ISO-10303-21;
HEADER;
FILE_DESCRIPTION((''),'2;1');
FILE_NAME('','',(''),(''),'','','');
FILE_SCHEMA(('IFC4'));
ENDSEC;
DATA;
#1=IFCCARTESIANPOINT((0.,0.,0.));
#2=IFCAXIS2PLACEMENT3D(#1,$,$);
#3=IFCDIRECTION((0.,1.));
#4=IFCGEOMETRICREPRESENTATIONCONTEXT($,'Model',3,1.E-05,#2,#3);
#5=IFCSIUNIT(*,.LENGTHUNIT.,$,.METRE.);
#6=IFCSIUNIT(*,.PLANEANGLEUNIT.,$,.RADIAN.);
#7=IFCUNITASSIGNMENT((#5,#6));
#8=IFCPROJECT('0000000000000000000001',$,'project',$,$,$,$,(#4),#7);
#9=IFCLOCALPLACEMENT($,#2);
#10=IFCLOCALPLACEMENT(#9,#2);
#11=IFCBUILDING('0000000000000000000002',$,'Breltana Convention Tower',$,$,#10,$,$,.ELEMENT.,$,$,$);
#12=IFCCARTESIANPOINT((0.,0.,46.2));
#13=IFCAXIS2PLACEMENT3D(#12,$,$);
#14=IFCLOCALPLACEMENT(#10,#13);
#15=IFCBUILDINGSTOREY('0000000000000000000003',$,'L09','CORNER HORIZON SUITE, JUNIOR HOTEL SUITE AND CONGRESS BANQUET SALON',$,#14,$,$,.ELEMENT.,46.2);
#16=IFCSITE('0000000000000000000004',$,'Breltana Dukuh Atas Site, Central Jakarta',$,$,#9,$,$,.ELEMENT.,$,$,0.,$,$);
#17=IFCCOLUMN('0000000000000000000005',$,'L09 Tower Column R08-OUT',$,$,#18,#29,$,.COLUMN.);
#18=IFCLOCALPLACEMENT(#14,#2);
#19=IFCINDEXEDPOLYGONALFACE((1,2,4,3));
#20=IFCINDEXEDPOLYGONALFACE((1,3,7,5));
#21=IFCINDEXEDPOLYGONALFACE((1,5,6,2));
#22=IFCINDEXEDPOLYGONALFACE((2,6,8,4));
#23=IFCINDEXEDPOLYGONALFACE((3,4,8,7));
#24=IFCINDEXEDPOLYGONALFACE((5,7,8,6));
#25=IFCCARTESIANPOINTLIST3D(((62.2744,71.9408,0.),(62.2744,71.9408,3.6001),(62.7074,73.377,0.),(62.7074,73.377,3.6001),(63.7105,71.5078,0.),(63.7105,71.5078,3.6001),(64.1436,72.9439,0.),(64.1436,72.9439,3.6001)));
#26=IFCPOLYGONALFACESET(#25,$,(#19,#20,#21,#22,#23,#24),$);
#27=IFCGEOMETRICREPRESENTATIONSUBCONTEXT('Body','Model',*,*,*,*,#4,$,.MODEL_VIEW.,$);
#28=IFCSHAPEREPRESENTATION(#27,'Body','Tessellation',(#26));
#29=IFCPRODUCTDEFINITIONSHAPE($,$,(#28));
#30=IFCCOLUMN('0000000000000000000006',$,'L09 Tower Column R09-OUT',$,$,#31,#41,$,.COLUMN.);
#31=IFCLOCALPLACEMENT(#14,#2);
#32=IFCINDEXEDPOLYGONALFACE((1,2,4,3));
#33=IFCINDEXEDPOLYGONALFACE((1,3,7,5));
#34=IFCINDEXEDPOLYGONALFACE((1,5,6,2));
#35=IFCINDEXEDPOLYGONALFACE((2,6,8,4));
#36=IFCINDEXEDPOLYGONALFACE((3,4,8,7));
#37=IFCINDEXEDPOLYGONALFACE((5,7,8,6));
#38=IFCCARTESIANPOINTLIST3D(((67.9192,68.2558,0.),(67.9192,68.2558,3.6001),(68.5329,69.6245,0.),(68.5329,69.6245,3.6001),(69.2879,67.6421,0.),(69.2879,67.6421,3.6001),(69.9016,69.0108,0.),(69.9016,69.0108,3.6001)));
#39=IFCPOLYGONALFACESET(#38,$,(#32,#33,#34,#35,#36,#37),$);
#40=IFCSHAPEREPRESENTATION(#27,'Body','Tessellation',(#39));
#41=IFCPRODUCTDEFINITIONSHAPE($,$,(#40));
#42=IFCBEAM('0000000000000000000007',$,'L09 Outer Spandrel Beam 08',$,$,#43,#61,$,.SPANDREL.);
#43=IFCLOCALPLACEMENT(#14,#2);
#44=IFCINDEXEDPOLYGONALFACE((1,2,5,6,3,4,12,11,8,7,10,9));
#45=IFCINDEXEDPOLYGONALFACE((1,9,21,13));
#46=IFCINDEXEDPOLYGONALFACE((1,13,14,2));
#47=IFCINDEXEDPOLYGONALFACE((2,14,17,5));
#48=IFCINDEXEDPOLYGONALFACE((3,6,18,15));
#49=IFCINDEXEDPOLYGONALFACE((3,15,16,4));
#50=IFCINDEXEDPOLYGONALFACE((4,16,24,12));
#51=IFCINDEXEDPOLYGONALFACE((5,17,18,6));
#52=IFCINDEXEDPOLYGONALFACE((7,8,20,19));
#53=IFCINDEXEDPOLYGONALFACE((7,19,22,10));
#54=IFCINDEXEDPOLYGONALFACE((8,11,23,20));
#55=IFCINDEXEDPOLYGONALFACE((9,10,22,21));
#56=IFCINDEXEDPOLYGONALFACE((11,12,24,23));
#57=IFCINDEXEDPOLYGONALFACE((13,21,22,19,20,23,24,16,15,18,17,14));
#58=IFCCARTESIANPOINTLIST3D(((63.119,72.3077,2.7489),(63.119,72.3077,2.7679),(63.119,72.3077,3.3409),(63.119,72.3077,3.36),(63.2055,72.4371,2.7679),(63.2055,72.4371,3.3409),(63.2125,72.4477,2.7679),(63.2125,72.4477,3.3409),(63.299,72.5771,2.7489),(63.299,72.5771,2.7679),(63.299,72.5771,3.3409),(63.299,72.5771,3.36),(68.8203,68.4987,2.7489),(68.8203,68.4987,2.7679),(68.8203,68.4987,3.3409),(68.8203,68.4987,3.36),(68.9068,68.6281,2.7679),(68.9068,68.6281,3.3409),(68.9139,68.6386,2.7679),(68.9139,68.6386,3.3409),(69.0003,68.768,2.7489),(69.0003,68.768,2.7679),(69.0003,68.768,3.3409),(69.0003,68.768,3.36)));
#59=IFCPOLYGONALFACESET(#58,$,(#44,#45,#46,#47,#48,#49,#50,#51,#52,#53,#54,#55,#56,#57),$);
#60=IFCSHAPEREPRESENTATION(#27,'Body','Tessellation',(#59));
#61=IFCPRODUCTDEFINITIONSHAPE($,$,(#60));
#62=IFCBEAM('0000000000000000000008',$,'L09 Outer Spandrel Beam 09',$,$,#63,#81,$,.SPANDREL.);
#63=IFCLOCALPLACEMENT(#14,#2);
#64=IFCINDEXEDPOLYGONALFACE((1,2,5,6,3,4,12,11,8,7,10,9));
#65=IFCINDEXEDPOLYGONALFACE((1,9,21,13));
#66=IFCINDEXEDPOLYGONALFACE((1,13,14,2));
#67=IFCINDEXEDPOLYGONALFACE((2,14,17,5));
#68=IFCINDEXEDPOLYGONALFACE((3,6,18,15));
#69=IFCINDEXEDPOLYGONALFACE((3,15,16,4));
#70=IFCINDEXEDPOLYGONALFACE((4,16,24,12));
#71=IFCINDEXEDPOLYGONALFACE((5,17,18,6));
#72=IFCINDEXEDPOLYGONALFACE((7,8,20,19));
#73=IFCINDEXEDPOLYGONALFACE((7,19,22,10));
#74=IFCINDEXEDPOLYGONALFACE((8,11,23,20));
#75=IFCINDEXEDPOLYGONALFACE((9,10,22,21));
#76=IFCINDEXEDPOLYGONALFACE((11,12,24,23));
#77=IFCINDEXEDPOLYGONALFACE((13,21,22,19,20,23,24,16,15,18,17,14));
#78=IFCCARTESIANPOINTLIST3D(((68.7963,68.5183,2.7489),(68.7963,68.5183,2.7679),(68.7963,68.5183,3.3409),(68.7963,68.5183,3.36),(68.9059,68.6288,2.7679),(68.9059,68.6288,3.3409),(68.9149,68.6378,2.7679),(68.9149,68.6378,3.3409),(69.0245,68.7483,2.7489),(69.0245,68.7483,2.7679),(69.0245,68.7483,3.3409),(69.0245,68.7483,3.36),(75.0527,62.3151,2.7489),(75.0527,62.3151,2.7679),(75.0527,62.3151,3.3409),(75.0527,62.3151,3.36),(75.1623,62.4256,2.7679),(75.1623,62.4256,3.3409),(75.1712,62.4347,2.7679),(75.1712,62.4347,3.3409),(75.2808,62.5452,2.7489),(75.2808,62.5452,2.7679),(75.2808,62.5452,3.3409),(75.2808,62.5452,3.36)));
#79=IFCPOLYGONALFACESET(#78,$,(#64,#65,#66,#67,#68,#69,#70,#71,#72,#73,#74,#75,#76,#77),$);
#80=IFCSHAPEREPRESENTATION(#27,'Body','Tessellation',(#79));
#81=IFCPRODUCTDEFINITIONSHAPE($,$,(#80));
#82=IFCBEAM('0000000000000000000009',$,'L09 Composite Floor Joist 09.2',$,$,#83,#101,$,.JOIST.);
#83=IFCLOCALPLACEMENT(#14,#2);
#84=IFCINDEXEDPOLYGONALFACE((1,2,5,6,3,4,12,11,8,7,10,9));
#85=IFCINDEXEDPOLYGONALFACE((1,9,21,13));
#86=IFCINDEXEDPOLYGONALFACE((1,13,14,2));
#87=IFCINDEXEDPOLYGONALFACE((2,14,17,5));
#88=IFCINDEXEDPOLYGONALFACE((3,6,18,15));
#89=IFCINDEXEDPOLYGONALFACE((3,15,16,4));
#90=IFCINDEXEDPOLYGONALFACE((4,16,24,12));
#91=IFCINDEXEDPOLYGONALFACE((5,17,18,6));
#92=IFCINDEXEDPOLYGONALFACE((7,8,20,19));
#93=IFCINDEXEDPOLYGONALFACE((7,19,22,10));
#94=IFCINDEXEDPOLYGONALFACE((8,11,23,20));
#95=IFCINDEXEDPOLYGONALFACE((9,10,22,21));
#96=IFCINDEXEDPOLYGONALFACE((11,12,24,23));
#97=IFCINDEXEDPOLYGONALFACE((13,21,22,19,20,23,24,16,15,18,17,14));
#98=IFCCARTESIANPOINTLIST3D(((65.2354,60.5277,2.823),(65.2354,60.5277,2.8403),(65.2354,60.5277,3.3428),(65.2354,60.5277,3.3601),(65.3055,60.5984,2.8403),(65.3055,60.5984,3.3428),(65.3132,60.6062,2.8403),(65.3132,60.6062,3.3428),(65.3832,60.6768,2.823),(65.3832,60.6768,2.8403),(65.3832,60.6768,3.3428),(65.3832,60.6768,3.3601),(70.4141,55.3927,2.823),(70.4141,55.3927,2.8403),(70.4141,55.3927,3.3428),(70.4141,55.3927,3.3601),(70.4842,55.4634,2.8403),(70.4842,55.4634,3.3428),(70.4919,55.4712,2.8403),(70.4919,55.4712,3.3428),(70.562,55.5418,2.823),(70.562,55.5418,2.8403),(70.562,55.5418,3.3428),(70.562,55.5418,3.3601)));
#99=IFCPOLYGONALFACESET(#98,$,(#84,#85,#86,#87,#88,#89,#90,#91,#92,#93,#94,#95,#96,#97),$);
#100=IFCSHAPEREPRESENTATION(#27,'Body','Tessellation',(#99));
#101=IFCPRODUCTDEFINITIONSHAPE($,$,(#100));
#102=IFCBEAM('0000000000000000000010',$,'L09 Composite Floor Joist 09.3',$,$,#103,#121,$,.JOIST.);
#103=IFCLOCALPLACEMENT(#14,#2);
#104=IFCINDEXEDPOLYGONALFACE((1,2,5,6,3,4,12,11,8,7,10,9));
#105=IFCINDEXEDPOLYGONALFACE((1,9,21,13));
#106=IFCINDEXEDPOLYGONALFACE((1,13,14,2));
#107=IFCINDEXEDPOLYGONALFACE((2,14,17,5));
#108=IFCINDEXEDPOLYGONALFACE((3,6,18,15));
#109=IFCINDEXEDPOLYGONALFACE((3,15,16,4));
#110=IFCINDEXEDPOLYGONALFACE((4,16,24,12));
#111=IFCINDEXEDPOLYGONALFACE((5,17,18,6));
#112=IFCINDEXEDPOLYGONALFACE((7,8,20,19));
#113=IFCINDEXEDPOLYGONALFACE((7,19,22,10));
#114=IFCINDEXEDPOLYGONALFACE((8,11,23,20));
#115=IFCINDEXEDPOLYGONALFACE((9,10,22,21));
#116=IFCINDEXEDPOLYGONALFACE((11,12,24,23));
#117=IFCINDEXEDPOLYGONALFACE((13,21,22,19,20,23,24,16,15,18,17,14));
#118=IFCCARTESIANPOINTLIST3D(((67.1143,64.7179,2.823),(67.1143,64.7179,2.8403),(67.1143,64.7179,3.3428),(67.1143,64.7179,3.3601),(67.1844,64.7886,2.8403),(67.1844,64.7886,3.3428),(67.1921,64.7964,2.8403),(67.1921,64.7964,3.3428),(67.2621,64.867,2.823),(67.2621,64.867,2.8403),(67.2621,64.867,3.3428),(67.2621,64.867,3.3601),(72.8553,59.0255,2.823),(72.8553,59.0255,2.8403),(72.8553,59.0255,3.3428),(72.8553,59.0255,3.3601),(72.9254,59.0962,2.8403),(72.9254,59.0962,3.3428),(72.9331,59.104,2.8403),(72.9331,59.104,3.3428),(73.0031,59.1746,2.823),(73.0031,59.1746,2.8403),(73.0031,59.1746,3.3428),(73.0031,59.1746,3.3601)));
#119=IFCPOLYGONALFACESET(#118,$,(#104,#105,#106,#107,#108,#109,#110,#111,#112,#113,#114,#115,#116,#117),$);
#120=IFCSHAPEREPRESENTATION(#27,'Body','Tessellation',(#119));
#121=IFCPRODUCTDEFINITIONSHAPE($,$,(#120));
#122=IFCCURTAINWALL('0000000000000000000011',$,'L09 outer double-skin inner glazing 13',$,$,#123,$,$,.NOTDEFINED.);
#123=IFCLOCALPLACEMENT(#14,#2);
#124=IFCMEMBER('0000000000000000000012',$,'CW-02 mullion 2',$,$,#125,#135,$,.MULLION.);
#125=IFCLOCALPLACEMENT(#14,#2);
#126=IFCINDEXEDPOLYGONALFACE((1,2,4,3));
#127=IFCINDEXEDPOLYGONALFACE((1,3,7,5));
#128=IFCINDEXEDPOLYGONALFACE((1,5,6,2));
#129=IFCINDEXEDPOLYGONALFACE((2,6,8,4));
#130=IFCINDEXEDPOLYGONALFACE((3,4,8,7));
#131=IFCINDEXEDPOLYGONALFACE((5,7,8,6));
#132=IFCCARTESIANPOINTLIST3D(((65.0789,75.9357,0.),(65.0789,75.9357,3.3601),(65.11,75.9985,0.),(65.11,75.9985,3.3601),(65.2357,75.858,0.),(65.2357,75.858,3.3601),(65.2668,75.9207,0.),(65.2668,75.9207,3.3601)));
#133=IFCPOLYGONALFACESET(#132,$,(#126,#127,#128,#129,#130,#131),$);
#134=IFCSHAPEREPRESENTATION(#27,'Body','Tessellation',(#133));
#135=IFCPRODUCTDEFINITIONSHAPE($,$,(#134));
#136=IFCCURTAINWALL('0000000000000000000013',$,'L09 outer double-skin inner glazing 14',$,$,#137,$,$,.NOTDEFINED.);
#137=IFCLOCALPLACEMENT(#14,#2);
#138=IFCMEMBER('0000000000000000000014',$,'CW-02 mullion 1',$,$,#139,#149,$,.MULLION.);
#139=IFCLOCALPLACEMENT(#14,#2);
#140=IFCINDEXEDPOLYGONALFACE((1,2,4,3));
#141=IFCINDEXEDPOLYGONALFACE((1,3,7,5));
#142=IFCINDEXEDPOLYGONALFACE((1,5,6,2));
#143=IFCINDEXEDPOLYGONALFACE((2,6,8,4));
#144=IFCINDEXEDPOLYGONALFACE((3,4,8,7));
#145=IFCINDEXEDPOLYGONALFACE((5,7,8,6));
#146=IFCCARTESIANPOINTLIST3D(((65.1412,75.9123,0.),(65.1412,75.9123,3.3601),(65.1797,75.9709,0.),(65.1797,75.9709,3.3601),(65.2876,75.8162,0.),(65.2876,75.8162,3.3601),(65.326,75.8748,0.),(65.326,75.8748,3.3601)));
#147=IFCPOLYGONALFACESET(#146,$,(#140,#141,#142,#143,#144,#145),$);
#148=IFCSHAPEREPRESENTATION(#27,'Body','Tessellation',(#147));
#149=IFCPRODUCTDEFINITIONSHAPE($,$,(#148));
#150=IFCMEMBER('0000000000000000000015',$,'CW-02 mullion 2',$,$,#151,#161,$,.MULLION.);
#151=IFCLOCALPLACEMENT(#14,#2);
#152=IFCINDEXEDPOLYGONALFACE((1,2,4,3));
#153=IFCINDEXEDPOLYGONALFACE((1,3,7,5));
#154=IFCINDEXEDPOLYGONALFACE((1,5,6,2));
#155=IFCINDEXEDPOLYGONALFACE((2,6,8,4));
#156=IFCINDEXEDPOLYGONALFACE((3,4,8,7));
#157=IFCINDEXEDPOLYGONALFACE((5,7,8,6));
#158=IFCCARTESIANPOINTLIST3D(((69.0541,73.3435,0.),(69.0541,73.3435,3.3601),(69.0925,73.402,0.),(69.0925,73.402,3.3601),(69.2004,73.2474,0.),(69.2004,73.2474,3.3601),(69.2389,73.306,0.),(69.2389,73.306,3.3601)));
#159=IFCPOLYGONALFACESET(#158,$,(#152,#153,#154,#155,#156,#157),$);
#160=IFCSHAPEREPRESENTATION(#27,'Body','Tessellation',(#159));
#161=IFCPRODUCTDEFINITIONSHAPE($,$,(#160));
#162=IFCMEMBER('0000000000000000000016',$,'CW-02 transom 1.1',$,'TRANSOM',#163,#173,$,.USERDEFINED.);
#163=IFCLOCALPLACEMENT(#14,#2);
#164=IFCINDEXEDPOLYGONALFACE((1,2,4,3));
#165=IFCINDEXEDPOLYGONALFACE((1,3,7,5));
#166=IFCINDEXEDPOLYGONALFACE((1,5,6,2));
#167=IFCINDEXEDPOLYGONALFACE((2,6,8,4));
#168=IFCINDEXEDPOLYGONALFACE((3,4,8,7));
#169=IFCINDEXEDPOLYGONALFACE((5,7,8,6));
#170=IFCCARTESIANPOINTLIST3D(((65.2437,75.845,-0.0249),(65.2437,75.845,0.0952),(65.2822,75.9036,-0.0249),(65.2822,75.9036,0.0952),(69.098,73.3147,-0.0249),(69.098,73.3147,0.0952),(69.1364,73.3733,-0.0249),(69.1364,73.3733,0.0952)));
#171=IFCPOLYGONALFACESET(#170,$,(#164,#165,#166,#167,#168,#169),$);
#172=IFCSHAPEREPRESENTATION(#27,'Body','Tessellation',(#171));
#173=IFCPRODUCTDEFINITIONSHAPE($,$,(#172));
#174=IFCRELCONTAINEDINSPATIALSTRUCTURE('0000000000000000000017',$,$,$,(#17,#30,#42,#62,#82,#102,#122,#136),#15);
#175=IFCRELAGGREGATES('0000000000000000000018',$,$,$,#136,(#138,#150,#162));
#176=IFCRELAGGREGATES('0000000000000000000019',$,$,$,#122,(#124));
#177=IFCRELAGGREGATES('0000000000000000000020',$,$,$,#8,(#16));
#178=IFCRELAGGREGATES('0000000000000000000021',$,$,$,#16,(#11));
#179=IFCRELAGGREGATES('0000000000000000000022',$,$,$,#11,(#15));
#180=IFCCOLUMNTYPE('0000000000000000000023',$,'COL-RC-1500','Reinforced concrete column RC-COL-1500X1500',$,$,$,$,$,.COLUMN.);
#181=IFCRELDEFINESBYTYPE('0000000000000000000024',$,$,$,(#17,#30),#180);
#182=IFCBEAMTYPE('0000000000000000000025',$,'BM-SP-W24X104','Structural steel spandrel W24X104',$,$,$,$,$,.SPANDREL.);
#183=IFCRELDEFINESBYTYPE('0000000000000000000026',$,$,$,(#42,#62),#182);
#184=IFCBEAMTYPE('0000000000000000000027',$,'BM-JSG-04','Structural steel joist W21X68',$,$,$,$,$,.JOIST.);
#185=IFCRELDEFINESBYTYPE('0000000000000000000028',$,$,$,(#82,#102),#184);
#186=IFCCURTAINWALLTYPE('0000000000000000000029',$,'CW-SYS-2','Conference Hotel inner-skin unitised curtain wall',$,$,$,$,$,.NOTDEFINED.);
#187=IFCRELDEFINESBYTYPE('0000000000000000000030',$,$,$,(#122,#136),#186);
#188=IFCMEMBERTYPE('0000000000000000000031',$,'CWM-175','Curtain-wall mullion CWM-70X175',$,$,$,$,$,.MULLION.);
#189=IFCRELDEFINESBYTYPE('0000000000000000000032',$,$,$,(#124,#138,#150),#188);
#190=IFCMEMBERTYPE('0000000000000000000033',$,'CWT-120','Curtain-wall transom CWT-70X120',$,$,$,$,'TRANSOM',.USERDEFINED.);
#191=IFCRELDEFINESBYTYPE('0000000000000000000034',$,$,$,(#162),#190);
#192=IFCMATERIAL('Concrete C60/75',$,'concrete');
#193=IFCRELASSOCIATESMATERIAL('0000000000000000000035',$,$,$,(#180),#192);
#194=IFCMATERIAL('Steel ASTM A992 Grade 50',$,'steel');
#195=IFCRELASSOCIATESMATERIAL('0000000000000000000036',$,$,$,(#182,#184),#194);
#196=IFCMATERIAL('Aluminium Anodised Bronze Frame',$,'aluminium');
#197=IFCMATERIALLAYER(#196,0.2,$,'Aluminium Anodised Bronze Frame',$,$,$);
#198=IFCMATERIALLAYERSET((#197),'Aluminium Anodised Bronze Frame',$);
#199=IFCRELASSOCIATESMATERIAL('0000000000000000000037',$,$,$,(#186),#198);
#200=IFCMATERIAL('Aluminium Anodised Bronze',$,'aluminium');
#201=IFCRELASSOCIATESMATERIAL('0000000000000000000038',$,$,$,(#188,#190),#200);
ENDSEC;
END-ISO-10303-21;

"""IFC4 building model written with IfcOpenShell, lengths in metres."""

from ifc_helpers import new_model, si_unit, direction, frame, origin, origin_2d, place, context, subcontext, project, spatial, rectangle, i_section, extrude, source, transform, mapped, material, layer, layer_set, material_profile, profile_set, type_object, type_shapes, element, aggregate, save


model = new_model("IFC4")

# Units and contexts
model_context = context("Model", 3, precision=1e-05, world=origin(), true_north=direction((0.0, 1.0)))
body_context = subcontext(model_context, "Body", "Model", "MODEL_VIEW")
ifc_project = project(units=[si_unit("LENGTHUNIT", "METRE"), si_unit("PLANEANGLEUNIT", "RADIAN")], contexts=[model_context])

# Site, building, storey
site_placement = place(None, origin())
site = spatial("IfcSite", under=ifc_project, at=site_placement, Name="Breltana Dukuh Atas Site, Central Jakarta", CompositionType="ELEMENT", RefElevation=0.0)
building_placement = place(site_placement, origin())
building = spatial("IfcBuilding", under=site, at=building_placement, Name="Breltana Convention Tower", CompositionType="ELEMENT")
storey_placement = place(building_placement, frame((0.0, 0.0, 46.2)))
storey = spatial("IfcBuildingStorey", under=building, at=storey_placement, Name="L09", Description="CORNER HORIZON SUITE, JUNIOR HOTEL SUITE AND CONGRESS BANQUET SALON", CompositionType="ELEMENT", Elevation=46.2)

# Columns
ifc_material_1 = material(Name="Concrete C60/75", Category="concrete")
ifc_material_profile_1 = material_profile(ifc_material_1, rectangle(XDim=1.5, YDim=1.5, at=origin_2d()), Name="RC-COL-1500X1500")
ifc_profile_set_1 = profile_set([ifc_material_profile_1], Name="Concrete C60/75")
column_type = type_object("IfcColumnType", Name="COL-RC-1500", Description="Reinforced concrete column RC-COL-1500X1500", PredefinedType="COLUMN", material=ifc_profile_set_1)
shared_shape_1 = source(origin(), body_context, "Body", "SweptSolid", [
    extrude(rectangle(XDim=1.5, YDim=1.5, at=origin_2d()), origin(), (0.0, 0.0, 1.0), 3.6001),
])
for number, where, z_axis, x_axis, name in (
    (1, (63.209, 72.4424, 0.0), (0.0, 0.0, 1.0), (0.288698, 0.95742, 0.0), "L09 Tower Column R08-OUT"),
    (2, (68.9104, 68.6333, 0.0), (0.0, 0.0, 1.0), (0.409127, 0.912477, 0.0), "L09 Tower Column R09-OUT"),
):
    element("IfcColumn", number, at=place(storey_placement, frame(where, z_axis=z_axis, x_axis=x_axis)), inside=storey, type_object=column_type, Name=name, PredefinedType="COLUMN", context=body_context, shape_type="MappedRepresentation", body=[
        mapped(shared_shape_1, transform((0.0, 0.0, 0.0), scale=1.0)),
    ])

# Beams
ifc_material_2 = material(Name="Steel ASTM A992 Grade 50", Category="steel")
ifc_material_profile_2 = material_profile(ifc_material_2, i_section(OverallWidth=0.324, OverallDepth=0.6111, WebThickness=0.0127, FlangeThickness=0.019, at=origin_2d()), Name="W24X104")
ifc_profile_set_2 = profile_set([ifc_material_profile_2], Name="Steel ASTM A992 Grade 50")
beam_type_1 = type_object("IfcBeamType", Name="BM-SP-W24X104", Description="Structural steel spandrel W24X104", PredefinedType="SPANDREL", material=ifc_profile_set_2)
shared_shape_2 = source(origin(), body_context, "Body", "SweptSolid", [
    extrude(i_section(OverallWidth=0.324, OverallDepth=0.6111, WebThickness=0.0127, FlangeThickness=0.019, at=origin_2d()), origin(), (0.0, 0.0, 1.0), 6.8567),
])
beam_1_placement = place(storey_placement, frame((63.209, 72.4424, 3.0544), z_axis=(0.831502, -0.555522, 0.0), x_axis=(0.555522, 0.831502, 0.0)))
element("IfcBeam", 3, at=beam_1_placement, inside=storey, type_object=beam_type_1, Name="L09 Outer Spandrel Beam 08", PredefinedType="SPANDREL", context=body_context, shape_type="MappedRepresentation", body=[
    mapped(shared_shape_2, transform((0.0, 0.0, 0.0), scale=1.0)),
])
shared_shape_3 = source(origin(), body_context, "Body", "SweptSolid", [
    extrude(i_section(OverallWidth=0.324, OverallDepth=0.6111, WebThickness=0.0127, FlangeThickness=0.019, at=origin_2d()), origin(), (0.0, 0.0, 1.0), 8.8103),
])
beam_2_placement = place(storey_placement, frame((68.9104, 68.6333, 3.0544), z_axis=(0.710121, -0.70408, 0.0), x_axis=(0.70408, 0.710121, 0.0)))
element("IfcBeam", 4, at=beam_2_placement, inside=storey, type_object=beam_type_1, Name="L09 Outer Spandrel Beam 09", PredefinedType="SPANDREL", context=body_context, shape_type="MappedRepresentation", body=[
    mapped(shared_shape_3, transform((0.0, 0.0, 0.0), scale=1.0)),
])
ifc_material_profile_3 = material_profile(ifc_material_2, i_section(OverallWidth=0.21, OverallDepth=0.5371, WebThickness=0.011, FlangeThickness=0.0173, at=origin_2d()), Name="W21X68")
ifc_profile_set_3 = profile_set([ifc_material_profile_3], Name="Steel ASTM A992 Grade 50")
beam_type_2 = type_object("IfcBeamType", Name="BM-JSG-04", Description="Structural steel joist W21X68", PredefinedType="JOIST", material=ifc_profile_set_3)
shared_shape_4 = source(origin(), body_context, "Body", "SweptSolid", [
    extrude(i_section(OverallWidth=0.21, OverallDepth=0.5371, WebThickness=0.011, FlangeThickness=0.0173, at=origin_2d()), origin(), (0.0, 0.0, 1.0), 7.293),
])
beam_3_placement = place(storey_placement, frame((65.3093, 60.6023, 3.0916), z_axis=(0.710097, -0.704104, 0.0), x_axis=(0.704104, 0.710097, 0.0)))
element("IfcBeam", 5, at=beam_3_placement, inside=storey, type_object=beam_type_2, Name="L09 Composite Floor Joist 09.2", PredefinedType="JOIST", context=body_context, shape_type="MappedRepresentation", body=[
    mapped(shared_shape_4, transform((0.0, 0.0, 0.0), scale=1.0)),
])
shared_shape_5 = source(origin(), body_context, "Body", "SweptSolid", [
    extrude(i_section(OverallWidth=0.21, OverallDepth=0.5371, WebThickness=0.011, FlangeThickness=0.0173, at=origin_2d()), origin(), (0.0, 0.0, 1.0), 8.0847),
])
beam_4_placement = place(storey_placement, frame((67.1882, 64.7925, 3.0916), z_axis=(0.710105, -0.704096, 0.0), x_axis=(0.704096, 0.710105, 0.0)))
element("IfcBeam", 6, at=beam_4_placement, inside=storey, type_object=beam_type_2, Name="L09 Composite Floor Joist 09.3", PredefinedType="JOIST", context=body_context, shape_type="MappedRepresentation", body=[
    mapped(shared_shape_5, transform((0.0, 0.0, 0.0), scale=1.0)),
])

# Curtain wall, member
ifc_material_3 = material(Name="Aluminium Anodised Bronze Frame", Category="aluminium")
ifc_layer_1 = layer(ifc_material_3, 0.2, Name="Aluminium Anodised Bronze Frame")
ifc_layer_set_1 = layer_set([ifc_layer_1], Name="Aluminium Anodised Bronze Frame")
curtain_wall_type = type_object("IfcCurtainWallType", Name="CW-SYS-2", Description="Conference Hotel inner-skin unitised curtain wall", PredefinedType="NOTDEFINED", material=ifc_layer_set_1)
curtain_wall_1_placement = place(storey_placement, origin())
curtain_wall_1 = element("IfcCurtainWall", 7, at=curtain_wall_1_placement, inside=storey, type_object=curtain_wall_type, Name="L09 outer double-skin inner glazing 13", PredefinedType="NOTDEFINED")
ifc_material_4 = material(Name="Aluminium Anodised Bronze", Category="aluminium")
ifc_material_profile_4 = material_profile(ifc_material_4, rectangle(XDim=0.0701, YDim=0.175, at=origin_2d()), Name="CWM-70X175")
ifc_profile_set_4 = profile_set([ifc_material_profile_4], Name="Aluminium Anodised Bronze")
member_type_1 = type_object("IfcMemberType", Name="CWM-175", Description="Curtain-wall mullion CWM-70X175", PredefinedType="MULLION", material=ifc_profile_set_4)
shared_shape_6 = source(origin(), body_context, "Body", "SweptSolid", [
    extrude(rectangle(XDim=0.0701, YDim=0.175, at=origin_2d()), origin(), (0.0, 0.0, 1.0), 3.3601),
])
type_shapes(member_type_1, [shared_shape_6])
member_1_placement = place(storey_placement, frame((65.1729, 75.9282, 0.0), z_axis=(0.0, 0.0, 1.0), x_axis=(0.444108, 0.895973, 0.0)))
member_1 = element("IfcMember", 8, at=member_1_placement, type_object=member_type_1, Name="CW-02 mullion 2", PredefinedType="MULLION", context=body_context, shape_type="MappedRepresentation", body=[
    mapped(shared_shape_6, transform((0.0, 0.0, 0.0), scale=1.0)),
])

# Curtain wall, members
curtain_wall_2_placement = place(storey_placement, origin())
curtain_wall_2 = element("IfcCurtainWall", 9, at=curtain_wall_2_placement, inside=storey, type_object=curtain_wall_type, Name="L09 outer double-skin inner glazing 14", PredefinedType="NOTDEFINED")
member_2_placement = place(storey_placement, frame((65.2336, 75.8936, 0.0), z_axis=(0.0, 0.0, 1.0), x_axis=(0.548784, 0.835964, 0.0)))
member_2 = element("IfcMember", 10, at=member_2_placement, type_object=member_type_1, Name="CW-02 mullion 1", PredefinedType="MULLION", context=body_context, shape_type="MappedRepresentation", body=[
    mapped(shared_shape_6, transform((0.0, 0.0, 0.0), scale=1.0)),
])
member_3_placement = place(storey_placement, frame((69.1465, 73.3247, 0.0), z_axis=(0.0, 0.0, 1.0), x_axis=(0.548784, 0.835964, 0.0)))
member_3 = element("IfcMember", 11, at=member_3_placement, type_object=member_type_1, Name="CW-02 mullion 2", PredefinedType="MULLION", context=body_context, shape_type="MappedRepresentation", body=[
    mapped(shared_shape_6, transform((0.0, 0.0, 0.0), scale=1.0)),
])
ifc_material_profile_5 = material_profile(ifc_material_4, rectangle(XDim=0.0701, YDim=0.1201, at=origin_2d()), Name="CWT-70X120")
ifc_profile_set_5 = profile_set([ifc_material_profile_5], Name="Aluminium Anodised Bronze")
member_type_2 = type_object("IfcMemberType", Name="CWT-120", Description="Curtain-wall transom CWT-70X120", ElementType="TRANSOM", PredefinedType="USERDEFINED", material=ifc_profile_set_5)
shared_shape_7 = source(origin(), body_context, "Body", "SweptSolid", [
    extrude(rectangle(XDim=0.0701, YDim=0.1201, at=origin_2d()), origin(), (0.0, 0.0, 1.0), 4.6106),
])
member_4_placement = place(storey_placement, frame((65.2629, 75.8743, 0.0352), z_axis=(0.835956, -0.548796, 0.0), x_axis=(0.548796, 0.835956, 0.0)))
member_4 = element("IfcMember", 12, at=member_4_placement, type_object=member_type_2, Name="CW-02 transom 1.1", ObjectType="TRANSOM", PredefinedType="USERDEFINED", context=body_context, shape_type="MappedRepresentation", body=[
    mapped(shared_shape_7, transform((0.0, 0.0, 0.0), scale=1.0)),
])

aggregate(curtain_wall_2, [member_2, member_3, member_4])
aggregate(curtain_wall_1, [member_1])

save(model, "model.ifc")
